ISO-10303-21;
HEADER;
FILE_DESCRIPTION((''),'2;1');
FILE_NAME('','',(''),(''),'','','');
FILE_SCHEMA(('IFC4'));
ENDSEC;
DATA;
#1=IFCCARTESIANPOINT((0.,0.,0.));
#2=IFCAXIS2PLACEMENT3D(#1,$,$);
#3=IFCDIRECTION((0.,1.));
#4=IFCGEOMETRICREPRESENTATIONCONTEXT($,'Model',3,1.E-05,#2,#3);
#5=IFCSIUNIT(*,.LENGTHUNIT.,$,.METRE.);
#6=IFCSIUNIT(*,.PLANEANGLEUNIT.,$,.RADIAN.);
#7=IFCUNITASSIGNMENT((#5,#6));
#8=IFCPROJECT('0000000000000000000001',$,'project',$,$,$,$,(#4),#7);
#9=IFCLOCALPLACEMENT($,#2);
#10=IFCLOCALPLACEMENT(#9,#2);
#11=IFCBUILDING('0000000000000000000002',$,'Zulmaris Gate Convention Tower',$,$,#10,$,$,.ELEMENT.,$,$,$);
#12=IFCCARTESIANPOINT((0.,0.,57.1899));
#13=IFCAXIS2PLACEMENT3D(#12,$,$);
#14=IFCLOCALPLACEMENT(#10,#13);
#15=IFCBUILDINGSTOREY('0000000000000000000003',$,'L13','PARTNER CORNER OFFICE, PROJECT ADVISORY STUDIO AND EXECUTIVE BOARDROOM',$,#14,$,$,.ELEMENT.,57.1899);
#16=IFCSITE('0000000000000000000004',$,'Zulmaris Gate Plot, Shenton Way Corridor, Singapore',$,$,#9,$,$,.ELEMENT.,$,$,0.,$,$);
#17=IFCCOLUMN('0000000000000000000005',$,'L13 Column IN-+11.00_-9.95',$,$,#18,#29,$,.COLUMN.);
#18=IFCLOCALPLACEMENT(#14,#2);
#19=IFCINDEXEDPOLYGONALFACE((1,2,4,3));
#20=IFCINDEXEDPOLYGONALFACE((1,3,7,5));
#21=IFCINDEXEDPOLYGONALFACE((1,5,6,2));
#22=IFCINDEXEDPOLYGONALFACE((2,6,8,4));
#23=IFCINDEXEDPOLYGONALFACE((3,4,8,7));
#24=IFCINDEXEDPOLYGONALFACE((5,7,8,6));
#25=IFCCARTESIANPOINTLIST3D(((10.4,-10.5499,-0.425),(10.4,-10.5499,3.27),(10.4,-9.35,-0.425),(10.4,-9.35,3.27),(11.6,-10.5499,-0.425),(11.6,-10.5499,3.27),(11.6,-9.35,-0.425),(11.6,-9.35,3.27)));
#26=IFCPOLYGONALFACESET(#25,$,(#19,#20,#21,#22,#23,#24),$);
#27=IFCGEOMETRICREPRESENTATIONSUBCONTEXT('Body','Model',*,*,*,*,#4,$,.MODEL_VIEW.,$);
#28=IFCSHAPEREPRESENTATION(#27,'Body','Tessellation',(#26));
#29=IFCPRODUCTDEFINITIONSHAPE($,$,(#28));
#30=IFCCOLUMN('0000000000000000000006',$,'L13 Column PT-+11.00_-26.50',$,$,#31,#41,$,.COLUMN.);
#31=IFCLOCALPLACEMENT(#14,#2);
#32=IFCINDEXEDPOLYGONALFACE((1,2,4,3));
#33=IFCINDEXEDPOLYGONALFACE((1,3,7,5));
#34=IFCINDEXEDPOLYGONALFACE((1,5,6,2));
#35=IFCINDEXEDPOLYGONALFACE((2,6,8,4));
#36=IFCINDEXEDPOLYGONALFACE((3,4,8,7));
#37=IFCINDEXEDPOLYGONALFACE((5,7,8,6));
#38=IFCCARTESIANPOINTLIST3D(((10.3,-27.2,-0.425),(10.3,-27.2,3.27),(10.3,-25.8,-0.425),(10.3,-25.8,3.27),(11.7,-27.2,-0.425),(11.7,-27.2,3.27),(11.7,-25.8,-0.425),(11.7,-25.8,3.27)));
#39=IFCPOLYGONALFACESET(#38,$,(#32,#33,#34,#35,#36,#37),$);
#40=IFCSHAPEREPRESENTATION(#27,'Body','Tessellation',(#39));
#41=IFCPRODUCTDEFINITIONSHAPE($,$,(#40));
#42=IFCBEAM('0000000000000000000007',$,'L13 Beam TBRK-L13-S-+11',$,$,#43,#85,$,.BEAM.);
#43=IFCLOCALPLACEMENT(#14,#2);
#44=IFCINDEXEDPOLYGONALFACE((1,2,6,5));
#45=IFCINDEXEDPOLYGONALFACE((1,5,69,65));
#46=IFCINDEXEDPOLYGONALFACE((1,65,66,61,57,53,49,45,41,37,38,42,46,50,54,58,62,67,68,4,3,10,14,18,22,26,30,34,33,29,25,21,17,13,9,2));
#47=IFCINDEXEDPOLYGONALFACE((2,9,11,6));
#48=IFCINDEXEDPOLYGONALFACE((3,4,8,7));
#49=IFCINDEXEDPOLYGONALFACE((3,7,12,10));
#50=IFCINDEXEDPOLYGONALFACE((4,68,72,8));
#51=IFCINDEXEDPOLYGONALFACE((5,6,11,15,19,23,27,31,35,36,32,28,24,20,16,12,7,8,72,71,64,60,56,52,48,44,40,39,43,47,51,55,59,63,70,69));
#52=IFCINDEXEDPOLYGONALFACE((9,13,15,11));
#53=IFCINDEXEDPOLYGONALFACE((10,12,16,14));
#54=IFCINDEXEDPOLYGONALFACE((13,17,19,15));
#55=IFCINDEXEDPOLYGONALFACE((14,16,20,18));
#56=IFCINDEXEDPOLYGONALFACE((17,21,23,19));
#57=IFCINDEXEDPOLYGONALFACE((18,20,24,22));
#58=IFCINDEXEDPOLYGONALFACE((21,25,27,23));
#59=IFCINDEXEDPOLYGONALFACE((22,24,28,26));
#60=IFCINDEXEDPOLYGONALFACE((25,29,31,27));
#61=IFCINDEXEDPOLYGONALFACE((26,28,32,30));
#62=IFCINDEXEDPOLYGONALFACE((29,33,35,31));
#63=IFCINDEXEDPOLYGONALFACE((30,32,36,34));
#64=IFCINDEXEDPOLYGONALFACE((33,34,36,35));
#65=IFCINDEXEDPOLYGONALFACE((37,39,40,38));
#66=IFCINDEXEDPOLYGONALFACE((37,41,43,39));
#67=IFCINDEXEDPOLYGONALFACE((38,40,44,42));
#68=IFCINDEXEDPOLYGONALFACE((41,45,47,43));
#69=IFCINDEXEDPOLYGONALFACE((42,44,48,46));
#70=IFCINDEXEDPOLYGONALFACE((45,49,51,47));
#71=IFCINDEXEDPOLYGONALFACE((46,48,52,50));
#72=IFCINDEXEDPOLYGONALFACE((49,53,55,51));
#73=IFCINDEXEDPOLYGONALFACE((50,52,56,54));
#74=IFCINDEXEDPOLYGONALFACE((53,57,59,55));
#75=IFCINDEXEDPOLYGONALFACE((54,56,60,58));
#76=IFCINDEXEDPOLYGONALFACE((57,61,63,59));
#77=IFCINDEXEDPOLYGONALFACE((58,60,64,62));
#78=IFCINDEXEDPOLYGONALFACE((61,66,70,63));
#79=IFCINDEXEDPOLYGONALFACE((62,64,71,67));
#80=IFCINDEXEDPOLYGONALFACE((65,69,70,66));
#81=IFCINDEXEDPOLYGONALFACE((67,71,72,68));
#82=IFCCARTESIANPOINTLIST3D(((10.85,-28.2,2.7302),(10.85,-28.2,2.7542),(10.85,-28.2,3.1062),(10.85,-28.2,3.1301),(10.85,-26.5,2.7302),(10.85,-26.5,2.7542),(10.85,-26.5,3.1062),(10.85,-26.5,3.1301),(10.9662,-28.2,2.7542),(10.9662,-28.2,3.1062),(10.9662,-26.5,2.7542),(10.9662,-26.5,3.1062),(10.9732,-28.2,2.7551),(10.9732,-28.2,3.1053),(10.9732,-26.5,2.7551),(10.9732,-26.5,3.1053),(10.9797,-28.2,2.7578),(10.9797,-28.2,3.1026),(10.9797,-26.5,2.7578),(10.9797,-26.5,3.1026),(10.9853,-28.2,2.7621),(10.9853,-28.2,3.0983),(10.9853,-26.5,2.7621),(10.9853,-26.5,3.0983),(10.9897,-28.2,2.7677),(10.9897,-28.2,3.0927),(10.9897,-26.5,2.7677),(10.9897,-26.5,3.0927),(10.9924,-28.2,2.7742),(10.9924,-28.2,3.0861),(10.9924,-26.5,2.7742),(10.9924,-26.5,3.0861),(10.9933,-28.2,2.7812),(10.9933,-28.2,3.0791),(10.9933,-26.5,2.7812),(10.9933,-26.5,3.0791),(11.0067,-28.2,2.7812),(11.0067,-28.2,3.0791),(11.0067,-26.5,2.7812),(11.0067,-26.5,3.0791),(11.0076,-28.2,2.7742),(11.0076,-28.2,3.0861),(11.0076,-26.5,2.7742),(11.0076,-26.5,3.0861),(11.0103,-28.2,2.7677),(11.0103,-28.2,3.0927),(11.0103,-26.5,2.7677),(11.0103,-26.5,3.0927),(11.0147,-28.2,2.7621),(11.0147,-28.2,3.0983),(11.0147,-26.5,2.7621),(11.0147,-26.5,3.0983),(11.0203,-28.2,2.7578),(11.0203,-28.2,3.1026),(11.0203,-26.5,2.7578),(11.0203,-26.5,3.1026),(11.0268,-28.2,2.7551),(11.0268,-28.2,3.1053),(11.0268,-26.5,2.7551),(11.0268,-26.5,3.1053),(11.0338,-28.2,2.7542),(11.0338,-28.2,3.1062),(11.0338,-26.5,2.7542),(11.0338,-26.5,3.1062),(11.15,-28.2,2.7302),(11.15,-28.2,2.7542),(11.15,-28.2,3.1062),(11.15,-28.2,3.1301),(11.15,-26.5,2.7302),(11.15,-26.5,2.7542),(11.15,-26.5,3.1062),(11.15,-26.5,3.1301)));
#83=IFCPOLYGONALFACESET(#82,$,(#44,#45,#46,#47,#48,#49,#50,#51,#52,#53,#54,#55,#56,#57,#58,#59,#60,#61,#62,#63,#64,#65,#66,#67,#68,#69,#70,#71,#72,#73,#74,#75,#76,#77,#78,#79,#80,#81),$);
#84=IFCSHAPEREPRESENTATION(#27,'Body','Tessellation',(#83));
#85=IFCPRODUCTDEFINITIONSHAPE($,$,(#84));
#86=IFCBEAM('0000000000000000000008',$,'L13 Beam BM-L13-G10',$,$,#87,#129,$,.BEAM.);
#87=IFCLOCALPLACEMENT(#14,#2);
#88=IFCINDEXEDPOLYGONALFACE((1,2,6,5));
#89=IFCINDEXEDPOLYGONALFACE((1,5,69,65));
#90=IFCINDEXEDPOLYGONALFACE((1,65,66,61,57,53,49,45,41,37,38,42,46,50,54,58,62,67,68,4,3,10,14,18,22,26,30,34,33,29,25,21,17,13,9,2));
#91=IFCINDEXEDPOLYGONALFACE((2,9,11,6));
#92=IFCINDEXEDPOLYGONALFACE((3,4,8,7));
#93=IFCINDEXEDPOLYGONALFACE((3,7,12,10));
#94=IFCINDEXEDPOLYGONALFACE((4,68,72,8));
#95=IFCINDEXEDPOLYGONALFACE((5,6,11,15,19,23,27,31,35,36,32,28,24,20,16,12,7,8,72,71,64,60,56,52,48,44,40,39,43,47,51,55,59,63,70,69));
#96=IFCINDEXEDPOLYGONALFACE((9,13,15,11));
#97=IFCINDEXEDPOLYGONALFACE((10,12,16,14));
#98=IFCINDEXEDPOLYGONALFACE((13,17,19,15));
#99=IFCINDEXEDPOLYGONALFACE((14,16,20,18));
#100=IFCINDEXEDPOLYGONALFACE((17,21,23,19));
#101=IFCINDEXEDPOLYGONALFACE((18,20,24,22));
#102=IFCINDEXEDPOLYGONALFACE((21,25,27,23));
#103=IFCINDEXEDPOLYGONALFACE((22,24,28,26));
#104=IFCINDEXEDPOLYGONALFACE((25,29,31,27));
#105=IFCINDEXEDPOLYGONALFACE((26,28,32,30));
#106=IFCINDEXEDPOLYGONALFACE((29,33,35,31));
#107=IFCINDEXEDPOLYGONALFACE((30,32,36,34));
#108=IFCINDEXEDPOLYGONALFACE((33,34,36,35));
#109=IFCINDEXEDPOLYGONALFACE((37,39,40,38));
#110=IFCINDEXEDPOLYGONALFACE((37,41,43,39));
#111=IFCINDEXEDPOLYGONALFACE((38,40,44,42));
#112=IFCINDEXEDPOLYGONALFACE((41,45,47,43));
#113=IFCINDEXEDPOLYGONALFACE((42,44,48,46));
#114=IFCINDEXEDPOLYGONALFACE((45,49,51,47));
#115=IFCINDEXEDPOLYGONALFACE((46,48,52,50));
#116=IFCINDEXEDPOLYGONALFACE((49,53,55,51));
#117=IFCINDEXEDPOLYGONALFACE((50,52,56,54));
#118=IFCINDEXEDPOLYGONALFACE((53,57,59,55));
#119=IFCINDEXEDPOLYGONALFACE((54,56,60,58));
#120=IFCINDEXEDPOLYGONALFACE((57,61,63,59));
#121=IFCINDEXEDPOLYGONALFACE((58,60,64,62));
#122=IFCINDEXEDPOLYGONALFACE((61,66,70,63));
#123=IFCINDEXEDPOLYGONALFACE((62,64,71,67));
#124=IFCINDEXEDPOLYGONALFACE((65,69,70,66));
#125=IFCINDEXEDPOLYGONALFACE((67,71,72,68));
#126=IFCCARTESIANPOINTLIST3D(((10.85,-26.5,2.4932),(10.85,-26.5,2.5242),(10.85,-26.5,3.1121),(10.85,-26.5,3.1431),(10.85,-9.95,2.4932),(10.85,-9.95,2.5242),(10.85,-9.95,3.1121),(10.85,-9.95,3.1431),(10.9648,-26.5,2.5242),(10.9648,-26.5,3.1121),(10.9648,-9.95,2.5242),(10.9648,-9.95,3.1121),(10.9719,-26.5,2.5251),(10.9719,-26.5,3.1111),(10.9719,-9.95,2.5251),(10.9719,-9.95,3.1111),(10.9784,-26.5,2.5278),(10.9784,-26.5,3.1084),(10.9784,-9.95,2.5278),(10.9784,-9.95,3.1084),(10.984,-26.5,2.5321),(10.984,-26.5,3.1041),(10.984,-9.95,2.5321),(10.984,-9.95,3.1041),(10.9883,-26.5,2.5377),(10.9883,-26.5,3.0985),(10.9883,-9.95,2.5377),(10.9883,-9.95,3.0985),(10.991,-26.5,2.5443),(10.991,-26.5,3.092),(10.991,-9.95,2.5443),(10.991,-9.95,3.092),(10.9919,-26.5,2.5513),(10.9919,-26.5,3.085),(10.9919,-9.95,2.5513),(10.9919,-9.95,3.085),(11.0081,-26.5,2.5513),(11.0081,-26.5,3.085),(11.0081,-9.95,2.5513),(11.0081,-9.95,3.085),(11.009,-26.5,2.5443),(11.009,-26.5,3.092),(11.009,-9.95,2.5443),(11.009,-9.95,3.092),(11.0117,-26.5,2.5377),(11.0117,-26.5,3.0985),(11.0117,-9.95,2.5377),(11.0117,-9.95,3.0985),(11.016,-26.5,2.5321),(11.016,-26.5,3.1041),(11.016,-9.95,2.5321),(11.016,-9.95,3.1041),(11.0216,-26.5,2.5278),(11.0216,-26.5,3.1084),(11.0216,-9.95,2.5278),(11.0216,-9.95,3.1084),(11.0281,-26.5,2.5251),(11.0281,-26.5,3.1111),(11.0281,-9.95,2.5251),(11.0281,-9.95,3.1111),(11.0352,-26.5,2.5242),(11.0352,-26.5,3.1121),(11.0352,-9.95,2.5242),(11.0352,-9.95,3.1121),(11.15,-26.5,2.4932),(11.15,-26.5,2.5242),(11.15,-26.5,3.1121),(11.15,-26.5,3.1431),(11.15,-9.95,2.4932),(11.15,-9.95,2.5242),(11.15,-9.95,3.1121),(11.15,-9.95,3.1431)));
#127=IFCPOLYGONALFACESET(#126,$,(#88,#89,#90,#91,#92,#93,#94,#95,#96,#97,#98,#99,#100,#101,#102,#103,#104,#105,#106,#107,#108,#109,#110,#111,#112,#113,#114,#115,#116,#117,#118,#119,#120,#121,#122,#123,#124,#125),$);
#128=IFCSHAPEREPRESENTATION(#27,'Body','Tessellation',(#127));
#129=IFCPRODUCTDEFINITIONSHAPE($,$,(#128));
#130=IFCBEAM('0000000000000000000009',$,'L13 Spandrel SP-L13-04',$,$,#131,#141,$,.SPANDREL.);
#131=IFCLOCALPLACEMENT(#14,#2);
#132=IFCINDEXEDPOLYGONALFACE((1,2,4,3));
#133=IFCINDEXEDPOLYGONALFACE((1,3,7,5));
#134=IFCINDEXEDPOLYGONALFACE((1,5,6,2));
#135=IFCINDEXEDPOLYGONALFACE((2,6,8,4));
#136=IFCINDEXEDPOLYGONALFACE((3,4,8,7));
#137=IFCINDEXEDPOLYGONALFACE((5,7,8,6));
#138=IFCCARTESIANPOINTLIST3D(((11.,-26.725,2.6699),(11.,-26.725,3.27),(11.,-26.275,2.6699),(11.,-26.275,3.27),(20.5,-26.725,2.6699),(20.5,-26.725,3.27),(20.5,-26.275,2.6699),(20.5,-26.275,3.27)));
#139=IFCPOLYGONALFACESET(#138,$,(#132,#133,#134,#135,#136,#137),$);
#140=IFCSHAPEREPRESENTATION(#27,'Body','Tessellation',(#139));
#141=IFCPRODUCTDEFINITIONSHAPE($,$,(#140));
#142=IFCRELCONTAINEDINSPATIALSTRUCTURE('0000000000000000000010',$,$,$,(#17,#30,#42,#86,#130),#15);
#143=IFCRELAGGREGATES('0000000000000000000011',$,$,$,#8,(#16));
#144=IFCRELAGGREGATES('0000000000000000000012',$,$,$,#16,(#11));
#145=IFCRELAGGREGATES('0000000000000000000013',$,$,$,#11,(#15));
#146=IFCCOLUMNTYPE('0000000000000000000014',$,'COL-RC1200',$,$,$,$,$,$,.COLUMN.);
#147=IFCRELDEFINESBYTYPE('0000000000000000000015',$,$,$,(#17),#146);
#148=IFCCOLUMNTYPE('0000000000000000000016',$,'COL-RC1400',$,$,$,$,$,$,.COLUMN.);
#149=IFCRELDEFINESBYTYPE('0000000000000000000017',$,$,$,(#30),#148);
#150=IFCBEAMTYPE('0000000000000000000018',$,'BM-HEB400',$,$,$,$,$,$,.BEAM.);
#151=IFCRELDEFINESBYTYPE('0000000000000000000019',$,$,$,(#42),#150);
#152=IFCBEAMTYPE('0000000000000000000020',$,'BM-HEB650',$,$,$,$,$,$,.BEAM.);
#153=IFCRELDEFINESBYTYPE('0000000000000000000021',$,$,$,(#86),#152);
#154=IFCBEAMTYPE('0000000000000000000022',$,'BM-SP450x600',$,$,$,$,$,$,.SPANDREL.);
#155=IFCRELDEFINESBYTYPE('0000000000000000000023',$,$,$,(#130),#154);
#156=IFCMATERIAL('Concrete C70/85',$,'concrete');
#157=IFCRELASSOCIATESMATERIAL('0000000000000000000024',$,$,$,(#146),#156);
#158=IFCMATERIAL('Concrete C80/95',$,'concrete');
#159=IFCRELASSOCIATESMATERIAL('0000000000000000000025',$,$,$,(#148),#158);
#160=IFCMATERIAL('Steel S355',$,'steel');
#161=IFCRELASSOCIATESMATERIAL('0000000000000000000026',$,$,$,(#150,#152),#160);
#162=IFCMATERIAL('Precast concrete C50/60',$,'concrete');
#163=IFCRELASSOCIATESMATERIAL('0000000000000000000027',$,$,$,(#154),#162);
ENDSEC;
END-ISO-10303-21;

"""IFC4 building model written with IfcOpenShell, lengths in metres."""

from ifc_helpers import new_model, si_unit, direction, frame, origin, origin_2d, place, context, subcontext, project, spatial, rectangle, i_section, extrude, material, material_profile, profile_set, type_object, element, save


model = new_model("IFC4")

# Units and contexts
model_context = context("Model", 3, precision=1e-05, world=origin(), true_north=direction((0.0, 1.0)))
body_context = subcontext(model_context, "Body", "Model", "MODEL_VIEW")
ifc_project = project(units=[si_unit("LENGTHUNIT", "METRE"), si_unit("PLANEANGLEUNIT", "RADIAN")], contexts=[model_context])

# Site, building, storey
site_placement = place(None, origin())
site = spatial("IfcSite", under=ifc_project, at=site_placement, Name="Zulmaris Gate Plot, Shenton Way Corridor, Singapore", CompositionType="ELEMENT", RefElevation=0.0)
building_placement = place(site_placement, origin())
building = spatial("IfcBuilding", under=site, at=building_placement, Name="Zulmaris Gate Convention Tower", CompositionType="ELEMENT")
storey_placement = place(building_placement, frame((0.0, 0.0, 57.1899)))
storey = spatial("IfcBuildingStorey", under=building, at=storey_placement, Name="L13", Description="PARTNER CORNER OFFICE, PROJECT ADVISORY STUDIO AND EXECUTIVE BOARDROOM", CompositionType="ELEMENT", Elevation=57.1899)

# Columns
ifc_material_1 = material(Name="Concrete C70/85", Category="concrete")
ifc_material_profile_1 = material_profile(ifc_material_1, rectangle(XDim=1.2, YDim=1.2, at=origin_2d()), Name="RC COL 1200x1200")
ifc_profile_set_1 = profile_set([ifc_material_profile_1], Name="Concrete C70/85")
column_type_1 = type_object("IfcColumnType", Name="COL-RC1200", PredefinedType="COLUMN", material=ifc_profile_set_1)
column_1_placement = place(storey_placement, frame((11.0, -9.95, -0.425), z_axis=(0.0, 0.0, 1.0), x_axis=(1.0, 0.0, 0.0)))
element("IfcColumn", 1, at=column_1_placement, inside=storey, type_object=column_type_1, Name="L13 Column IN-+11.00_-9.95", PredefinedType="COLUMN", context=body_context, shape_type="SweptSolid", body=[
    extrude(rectangle(XDim=1.2, YDim=1.2, at=origin_2d()), origin(), (0.0, 0.0, 1.0), 3.6951),
])
ifc_material_2 = material(Name="Concrete C80/95", Category="concrete")
ifc_material_profile_2 = material_profile(ifc_material_2, rectangle(XDim=1.3999, YDim=1.3999, at=origin_2d()), Name="RC COL 1400x1400")
ifc_profile_set_2 = profile_set([ifc_material_profile_2], Name="Concrete C80/95")
column_type_2 = type_object("IfcColumnType", Name="COL-RC1400", PredefinedType="COLUMN", material=ifc_profile_set_2)
column_2_placement = place(storey_placement, frame((11.0, -26.5, -0.425), z_axis=(0.0, 0.0, 1.0), x_axis=(1.0, 0.0, 0.0)))
element("IfcColumn", 2, at=column_2_placement, inside=storey, type_object=column_type_2, Name="L13 Column PT-+11.00_-26.50", PredefinedType="COLUMN", context=body_context, shape_type="SweptSolid", body=[
    extrude(rectangle(XDim=1.3999, YDim=1.3999, at=origin_2d()), origin(), (0.0, 0.0, 1.0), 3.6951),
])

# Beams
ifc_material_3 = material(Name="Steel S355", Category="steel")
ifc_material_profile_3 = material_profile(ifc_material_3, i_section(OverallWidth=0.3, OverallDepth=0.3999, WebThickness=0.0134, FlangeThickness=0.0239, FilletRadius=0.0271, at=origin_2d()), Name="HEB 400")
ifc_profile_set_3 = profile_set([ifc_material_profile_3], Name="Steel S355")
beam_type_1 = type_object("IfcBeamType", Name="BM-HEB400", PredefinedType="BEAM", material=ifc_profile_set_3)
beam_1_placement = place(storey_placement, frame((11.0, -28.2, 2.9302), z_axis=(0.0, 1.0, 0.0), x_axis=(-1.0, 0.0, 0.0)))
element("IfcBeam", 3, at=beam_1_placement, inside=storey, type_object=beam_type_1, Name="L13 Beam TBRK-L13-S-+11", PredefinedType="BEAM", context=body_context, shape_type="SweptSolid", body=[
    extrude(i_section(OverallWidth=0.3, OverallDepth=0.3999, WebThickness=0.0134, FlangeThickness=0.0239, FilletRadius=0.0271, at=origin_2d()), origin(), (0.0, 0.0, 1.0), 1.7),
])
ifc_material_profile_4 = material_profile(ifc_material_3, i_section(OverallWidth=0.3, OverallDepth=0.6499, WebThickness=0.0161, FlangeThickness=0.031, FilletRadius=0.0271, at=origin_2d()), Name="HEB 650")
ifc_profile_set_4 = profile_set([ifc_material_profile_4], Name="Steel S355")
beam_type_2 = type_object("IfcBeamType", Name="BM-HEB650", PredefinedType="BEAM", material=ifc_profile_set_4)
beam_2_placement = place(storey_placement, frame((11.0, -26.5, 2.8181), z_axis=(0.0, 1.0, 0.0), x_axis=(-1.0, 0.0, 0.0)))
element("IfcBeam", 4, at=beam_2_placement, inside=storey, type_object=beam_type_2, Name="L13 Beam BM-L13-G10", PredefinedType="BEAM", context=body_context, shape_type="SweptSolid", body=[
    extrude(i_section(OverallWidth=0.3, OverallDepth=0.6499, WebThickness=0.0161, FlangeThickness=0.031, FilletRadius=0.0271, at=origin_2d()), origin(), (0.0, 0.0, 1.0), 16.55),
])
ifc_material_4 = material(Name="Precast concrete C50/60", Category="concrete")
ifc_material_profile_5 = material_profile(ifc_material_4, rectangle(XDim=0.45, YDim=0.6001, at=origin_2d()), Name="RC SPANDREL 450x600")
ifc_profile_set_5 = profile_set([ifc_material_profile_5], Name="Precast concrete C50/60")
beam_type_3 = type_object("IfcBeamType", Name="BM-SP450x600", PredefinedType="SPANDREL", material=ifc_profile_set_5)
beam_3_placement = place(storey_placement, frame((11.0, -26.5, 2.97), z_axis=(1.0, 0.0, 0.0), x_axis=(0.0, 1.0, 0.0)))
element("IfcBeam", 5, at=beam_3_placement, inside=storey, type_object=beam_type_3, Name="L13 Spandrel SP-L13-04", PredefinedType="SPANDREL", context=body_context, shape_type="SweptSolid", body=[
    extrude(rectangle(XDim=0.45, YDim=0.6001, at=origin_2d()), origin(), (0.0, 0.0, 1.0), 9.5),
])

save(model, "model.ifc")
